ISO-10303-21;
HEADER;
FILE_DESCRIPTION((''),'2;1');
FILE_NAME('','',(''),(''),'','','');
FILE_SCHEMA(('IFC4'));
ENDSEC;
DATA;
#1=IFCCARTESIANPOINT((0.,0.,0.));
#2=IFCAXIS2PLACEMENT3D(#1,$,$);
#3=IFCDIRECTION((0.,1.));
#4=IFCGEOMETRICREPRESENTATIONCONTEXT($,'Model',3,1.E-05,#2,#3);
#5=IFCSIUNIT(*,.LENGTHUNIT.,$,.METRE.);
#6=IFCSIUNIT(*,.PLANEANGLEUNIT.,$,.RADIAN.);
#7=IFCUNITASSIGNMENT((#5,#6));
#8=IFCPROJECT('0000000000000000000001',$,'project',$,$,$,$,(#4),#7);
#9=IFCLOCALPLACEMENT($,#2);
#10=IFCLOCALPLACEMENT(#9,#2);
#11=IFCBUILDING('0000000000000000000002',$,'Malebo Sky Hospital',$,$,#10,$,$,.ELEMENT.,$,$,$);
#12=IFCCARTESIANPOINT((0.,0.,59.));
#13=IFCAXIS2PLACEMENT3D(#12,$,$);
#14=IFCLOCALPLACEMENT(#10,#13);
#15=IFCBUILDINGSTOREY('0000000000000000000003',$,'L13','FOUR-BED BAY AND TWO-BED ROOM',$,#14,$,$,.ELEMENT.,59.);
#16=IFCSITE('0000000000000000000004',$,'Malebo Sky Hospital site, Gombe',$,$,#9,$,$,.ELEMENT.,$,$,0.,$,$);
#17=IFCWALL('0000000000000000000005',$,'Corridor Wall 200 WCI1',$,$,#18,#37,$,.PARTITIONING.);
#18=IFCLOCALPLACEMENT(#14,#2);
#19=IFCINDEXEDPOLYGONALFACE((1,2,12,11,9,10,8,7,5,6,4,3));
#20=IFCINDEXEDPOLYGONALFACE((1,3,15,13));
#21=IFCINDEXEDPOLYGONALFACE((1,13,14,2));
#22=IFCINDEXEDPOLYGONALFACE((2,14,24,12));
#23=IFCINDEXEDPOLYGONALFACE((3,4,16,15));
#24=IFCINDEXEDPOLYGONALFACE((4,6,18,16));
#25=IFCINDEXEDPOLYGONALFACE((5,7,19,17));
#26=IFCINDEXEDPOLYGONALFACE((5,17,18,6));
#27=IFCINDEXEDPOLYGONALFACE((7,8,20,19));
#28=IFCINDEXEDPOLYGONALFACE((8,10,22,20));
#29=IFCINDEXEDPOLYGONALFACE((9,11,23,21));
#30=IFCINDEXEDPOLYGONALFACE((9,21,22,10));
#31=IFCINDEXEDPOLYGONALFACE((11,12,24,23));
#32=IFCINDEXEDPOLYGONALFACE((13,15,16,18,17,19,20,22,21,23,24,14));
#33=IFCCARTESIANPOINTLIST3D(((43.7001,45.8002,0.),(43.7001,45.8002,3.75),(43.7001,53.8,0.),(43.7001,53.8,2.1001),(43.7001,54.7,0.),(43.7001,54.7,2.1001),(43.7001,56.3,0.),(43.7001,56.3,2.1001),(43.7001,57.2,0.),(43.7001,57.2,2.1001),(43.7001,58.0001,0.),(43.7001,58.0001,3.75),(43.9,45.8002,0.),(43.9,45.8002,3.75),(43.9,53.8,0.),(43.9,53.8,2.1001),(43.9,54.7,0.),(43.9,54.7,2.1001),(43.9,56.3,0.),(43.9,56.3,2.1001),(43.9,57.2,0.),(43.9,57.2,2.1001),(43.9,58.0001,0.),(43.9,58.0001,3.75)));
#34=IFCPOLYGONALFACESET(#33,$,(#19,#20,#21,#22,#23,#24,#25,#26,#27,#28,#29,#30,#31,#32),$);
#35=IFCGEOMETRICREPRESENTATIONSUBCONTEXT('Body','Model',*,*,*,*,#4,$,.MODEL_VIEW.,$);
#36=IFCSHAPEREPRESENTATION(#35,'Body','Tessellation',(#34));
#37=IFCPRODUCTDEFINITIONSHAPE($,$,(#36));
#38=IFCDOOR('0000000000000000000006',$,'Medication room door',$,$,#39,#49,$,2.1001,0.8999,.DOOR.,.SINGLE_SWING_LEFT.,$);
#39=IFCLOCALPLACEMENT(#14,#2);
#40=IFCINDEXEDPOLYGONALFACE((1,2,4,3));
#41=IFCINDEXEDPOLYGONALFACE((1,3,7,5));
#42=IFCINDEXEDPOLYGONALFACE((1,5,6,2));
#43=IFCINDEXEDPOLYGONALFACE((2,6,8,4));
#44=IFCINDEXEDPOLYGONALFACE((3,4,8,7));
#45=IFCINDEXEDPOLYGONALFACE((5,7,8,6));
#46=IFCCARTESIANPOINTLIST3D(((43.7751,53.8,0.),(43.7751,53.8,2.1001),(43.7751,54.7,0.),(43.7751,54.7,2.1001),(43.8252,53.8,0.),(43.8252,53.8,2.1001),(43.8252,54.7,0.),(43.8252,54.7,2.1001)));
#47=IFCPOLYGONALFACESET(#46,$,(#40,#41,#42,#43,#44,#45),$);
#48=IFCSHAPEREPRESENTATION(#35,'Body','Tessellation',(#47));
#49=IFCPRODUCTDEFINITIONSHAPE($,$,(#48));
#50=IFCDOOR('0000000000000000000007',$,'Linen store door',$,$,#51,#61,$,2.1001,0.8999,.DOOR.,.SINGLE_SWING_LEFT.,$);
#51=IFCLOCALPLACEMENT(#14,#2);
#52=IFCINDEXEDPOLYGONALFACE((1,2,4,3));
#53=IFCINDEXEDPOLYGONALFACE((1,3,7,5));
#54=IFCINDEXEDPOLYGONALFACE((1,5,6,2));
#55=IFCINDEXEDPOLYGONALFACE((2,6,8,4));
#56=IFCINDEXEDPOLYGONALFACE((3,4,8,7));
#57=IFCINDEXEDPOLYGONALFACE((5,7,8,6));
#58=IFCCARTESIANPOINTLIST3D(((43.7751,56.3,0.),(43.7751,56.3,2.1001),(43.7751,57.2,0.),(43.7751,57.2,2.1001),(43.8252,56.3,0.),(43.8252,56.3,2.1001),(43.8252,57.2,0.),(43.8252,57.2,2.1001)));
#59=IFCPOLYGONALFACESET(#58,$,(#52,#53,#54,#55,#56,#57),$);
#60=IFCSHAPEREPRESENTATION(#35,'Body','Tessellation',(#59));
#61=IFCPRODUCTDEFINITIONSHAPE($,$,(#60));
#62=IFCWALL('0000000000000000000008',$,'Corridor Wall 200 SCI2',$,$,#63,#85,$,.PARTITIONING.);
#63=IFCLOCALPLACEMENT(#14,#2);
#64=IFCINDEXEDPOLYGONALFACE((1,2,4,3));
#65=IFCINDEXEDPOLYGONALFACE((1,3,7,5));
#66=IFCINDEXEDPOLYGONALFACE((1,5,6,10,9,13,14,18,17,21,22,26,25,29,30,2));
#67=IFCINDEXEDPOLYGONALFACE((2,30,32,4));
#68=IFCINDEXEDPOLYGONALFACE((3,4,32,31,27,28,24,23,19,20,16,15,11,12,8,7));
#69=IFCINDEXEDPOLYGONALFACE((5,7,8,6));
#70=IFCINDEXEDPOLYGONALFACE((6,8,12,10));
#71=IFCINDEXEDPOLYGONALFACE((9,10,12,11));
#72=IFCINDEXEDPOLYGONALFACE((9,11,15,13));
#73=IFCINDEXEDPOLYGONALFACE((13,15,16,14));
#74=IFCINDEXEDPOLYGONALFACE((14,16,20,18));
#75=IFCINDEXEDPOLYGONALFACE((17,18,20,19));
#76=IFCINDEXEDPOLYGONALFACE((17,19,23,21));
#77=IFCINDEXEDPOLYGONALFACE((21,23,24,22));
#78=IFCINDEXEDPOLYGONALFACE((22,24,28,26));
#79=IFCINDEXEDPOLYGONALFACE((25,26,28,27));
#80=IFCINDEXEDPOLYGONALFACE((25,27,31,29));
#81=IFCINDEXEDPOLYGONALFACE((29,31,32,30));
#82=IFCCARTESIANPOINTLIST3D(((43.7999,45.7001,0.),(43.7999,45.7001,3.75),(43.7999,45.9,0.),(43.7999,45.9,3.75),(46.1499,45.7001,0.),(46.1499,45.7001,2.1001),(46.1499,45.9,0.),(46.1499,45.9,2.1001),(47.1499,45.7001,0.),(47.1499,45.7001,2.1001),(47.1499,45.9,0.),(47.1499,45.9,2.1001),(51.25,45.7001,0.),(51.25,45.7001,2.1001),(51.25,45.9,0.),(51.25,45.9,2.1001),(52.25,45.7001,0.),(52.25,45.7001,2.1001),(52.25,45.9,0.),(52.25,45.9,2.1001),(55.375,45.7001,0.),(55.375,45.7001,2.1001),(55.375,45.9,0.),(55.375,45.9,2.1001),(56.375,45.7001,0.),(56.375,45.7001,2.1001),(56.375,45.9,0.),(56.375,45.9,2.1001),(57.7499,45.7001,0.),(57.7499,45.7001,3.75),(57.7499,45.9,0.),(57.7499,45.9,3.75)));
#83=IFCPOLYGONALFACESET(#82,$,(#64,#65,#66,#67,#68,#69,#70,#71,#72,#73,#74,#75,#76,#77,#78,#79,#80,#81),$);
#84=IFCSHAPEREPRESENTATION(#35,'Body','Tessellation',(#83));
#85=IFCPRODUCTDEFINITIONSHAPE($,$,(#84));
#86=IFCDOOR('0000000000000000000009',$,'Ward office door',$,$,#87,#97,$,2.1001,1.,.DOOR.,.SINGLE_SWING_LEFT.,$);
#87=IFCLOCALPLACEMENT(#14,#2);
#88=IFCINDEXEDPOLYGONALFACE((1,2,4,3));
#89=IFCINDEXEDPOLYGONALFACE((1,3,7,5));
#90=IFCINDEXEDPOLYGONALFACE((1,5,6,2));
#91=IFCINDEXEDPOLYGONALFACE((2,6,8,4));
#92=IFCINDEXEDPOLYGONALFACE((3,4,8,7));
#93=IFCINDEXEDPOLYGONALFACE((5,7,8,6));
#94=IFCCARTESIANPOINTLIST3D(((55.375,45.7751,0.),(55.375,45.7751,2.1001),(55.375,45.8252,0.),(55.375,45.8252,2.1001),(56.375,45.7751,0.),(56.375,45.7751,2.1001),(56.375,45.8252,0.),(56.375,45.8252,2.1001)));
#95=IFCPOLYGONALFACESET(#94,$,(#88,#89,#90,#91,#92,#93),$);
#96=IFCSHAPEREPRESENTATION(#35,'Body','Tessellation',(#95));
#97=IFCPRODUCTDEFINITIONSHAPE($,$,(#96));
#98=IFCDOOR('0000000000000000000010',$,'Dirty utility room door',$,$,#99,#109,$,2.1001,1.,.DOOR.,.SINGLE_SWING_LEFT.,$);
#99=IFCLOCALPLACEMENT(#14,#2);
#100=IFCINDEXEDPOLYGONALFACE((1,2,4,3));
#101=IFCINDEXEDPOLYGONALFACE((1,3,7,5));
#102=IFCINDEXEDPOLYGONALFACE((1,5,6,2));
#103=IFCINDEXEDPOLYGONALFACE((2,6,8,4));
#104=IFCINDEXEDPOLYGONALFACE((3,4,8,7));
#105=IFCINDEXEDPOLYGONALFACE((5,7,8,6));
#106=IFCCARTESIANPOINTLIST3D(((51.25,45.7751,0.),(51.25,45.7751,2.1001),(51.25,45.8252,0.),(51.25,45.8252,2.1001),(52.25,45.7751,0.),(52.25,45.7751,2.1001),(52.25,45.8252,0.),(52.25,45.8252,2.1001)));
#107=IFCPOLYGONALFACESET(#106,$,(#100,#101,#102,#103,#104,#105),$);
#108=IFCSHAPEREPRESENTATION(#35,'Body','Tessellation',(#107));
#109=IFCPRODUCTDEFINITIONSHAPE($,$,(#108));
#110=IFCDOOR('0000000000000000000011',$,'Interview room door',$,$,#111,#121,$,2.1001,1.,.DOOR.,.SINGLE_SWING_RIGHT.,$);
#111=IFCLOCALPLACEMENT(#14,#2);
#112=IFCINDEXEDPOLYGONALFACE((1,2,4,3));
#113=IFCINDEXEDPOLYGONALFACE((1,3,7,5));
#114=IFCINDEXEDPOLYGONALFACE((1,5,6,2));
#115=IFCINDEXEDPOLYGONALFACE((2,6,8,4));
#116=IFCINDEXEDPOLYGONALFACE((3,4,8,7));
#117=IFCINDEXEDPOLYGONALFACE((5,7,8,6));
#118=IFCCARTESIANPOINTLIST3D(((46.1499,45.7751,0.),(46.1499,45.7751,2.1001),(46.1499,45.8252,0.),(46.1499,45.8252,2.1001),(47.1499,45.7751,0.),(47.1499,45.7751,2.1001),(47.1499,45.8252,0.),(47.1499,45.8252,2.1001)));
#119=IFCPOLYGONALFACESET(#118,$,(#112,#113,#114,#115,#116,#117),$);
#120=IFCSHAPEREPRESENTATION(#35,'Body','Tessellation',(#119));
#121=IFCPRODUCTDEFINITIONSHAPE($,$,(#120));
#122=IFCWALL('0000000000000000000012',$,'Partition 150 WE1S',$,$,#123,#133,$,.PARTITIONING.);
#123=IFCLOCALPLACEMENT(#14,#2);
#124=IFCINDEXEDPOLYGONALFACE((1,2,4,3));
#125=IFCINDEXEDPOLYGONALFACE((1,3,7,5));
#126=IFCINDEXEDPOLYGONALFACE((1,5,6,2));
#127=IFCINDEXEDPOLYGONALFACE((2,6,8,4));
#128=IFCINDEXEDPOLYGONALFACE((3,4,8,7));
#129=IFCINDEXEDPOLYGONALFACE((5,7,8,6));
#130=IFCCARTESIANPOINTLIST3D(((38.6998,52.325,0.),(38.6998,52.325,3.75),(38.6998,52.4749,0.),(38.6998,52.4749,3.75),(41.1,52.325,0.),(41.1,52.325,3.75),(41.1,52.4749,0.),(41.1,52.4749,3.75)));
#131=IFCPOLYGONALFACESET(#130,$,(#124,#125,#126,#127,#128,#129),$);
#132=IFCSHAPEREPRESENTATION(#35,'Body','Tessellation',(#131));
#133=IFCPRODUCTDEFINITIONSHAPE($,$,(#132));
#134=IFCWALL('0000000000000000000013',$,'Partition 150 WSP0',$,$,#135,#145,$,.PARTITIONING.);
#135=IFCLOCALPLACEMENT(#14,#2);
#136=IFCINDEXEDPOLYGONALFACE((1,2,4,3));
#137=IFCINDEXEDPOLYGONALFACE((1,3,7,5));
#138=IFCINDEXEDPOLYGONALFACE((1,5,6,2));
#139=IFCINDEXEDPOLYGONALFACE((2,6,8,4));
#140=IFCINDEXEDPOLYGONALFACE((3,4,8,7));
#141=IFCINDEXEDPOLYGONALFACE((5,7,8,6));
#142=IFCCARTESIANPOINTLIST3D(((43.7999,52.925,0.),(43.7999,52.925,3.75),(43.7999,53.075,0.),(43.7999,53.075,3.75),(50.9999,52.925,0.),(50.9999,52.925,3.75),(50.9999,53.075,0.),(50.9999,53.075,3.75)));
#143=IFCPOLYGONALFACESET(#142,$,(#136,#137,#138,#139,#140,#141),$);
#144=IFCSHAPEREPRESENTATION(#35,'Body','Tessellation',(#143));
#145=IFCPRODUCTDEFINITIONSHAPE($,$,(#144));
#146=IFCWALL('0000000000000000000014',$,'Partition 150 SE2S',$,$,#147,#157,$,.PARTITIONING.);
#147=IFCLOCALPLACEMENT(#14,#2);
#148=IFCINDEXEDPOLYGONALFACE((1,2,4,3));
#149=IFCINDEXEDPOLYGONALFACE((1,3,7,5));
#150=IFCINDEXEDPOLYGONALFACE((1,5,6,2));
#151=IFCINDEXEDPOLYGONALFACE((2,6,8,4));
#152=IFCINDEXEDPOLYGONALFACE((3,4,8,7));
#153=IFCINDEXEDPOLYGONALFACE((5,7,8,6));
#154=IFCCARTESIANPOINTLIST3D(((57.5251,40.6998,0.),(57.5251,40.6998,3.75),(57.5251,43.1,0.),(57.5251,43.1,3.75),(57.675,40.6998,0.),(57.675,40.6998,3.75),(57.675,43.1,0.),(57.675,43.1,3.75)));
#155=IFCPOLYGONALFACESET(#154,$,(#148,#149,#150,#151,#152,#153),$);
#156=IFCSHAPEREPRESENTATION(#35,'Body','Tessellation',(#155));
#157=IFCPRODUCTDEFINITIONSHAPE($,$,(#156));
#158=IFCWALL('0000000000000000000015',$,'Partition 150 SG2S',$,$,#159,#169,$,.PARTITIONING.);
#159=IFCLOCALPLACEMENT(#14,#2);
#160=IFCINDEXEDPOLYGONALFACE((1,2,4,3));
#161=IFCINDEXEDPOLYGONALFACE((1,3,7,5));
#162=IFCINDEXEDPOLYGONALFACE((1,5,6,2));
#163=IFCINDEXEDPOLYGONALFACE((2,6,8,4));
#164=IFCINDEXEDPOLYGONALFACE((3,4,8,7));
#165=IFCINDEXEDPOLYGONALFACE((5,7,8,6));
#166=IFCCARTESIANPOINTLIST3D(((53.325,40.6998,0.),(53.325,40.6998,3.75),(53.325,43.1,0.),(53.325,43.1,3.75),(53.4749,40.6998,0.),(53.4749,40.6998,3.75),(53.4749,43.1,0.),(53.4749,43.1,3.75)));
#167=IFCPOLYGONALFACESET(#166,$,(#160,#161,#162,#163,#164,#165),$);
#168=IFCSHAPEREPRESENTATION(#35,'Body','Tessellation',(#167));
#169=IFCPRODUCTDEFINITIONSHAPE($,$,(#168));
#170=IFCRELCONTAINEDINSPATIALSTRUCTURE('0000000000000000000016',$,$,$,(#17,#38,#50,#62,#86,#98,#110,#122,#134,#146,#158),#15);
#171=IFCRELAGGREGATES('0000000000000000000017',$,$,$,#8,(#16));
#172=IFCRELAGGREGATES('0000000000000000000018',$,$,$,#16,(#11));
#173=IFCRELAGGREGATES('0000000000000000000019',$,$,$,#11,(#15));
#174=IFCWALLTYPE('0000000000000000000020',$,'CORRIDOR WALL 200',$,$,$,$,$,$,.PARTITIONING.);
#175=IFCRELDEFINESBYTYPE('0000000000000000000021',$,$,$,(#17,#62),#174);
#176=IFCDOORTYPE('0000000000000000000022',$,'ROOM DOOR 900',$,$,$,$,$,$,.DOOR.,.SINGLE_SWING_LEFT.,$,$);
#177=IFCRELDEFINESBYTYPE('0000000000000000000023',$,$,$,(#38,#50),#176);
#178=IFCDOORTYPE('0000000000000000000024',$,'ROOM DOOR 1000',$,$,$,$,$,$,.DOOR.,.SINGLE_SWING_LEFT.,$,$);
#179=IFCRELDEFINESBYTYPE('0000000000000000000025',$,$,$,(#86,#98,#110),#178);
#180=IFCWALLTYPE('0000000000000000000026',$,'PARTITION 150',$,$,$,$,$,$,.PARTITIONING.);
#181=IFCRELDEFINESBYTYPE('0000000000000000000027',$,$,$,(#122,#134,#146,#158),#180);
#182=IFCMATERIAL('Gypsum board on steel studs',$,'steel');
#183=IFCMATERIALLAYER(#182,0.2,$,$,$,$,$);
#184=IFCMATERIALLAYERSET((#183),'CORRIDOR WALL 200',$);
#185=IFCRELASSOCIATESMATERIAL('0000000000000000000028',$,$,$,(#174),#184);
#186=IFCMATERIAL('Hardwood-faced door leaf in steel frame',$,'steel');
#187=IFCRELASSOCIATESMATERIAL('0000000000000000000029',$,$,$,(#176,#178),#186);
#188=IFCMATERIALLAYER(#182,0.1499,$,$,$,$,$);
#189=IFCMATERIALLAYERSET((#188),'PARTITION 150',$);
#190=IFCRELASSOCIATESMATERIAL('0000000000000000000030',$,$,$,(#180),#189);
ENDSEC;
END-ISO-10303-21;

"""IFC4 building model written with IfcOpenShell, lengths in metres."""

from ifc_helpers import new_model, si_unit, direction, frame, frame_2d, origin, place, context, subcontext, project, spatial, rectangle, extrude, material, layer, layer_set, type_object, element, fill, save


model = new_model("IFC4")

# Units and contexts
model_context = context("Model", 3, precision=1e-05, world=origin(), true_north=direction((0.0, 1.0)))
body_context = subcontext(model_context, "Body", "Model", "MODEL_VIEW")
ifc_project = project(units=[si_unit("LENGTHUNIT", "METRE"), si_unit("PLANEANGLEUNIT", "RADIAN")], contexts=[model_context])

# Site, building, storey
site_placement = place(None, origin())
site = spatial("IfcSite", under=ifc_project, at=site_placement, Name="Malebo Sky Hospital site, Gombe", CompositionType="ELEMENT", RefElevation=0.0)
building_placement = place(site_placement, origin())
building = spatial("IfcBuilding", under=site, at=building_placement, Name="Malebo Sky Hospital", CompositionType="ELEMENT")
storey_placement = place(building_placement, frame((0.0, 0.0, 59.0)))
storey = spatial("IfcBuildingStorey", under=building, at=storey_placement, Name="L13", Description="FOUR-BED BAY AND TWO-BED ROOM", CompositionType="ELEMENT", Elevation=59.0)

# Walls, openings, doors
ifc_material_1 = material(Name="Gypsum board on steel studs", Category="steel")
ifc_layer_1 = layer(ifc_material_1, 0.2)
ifc_layer_set_1 = layer_set([ifc_layer_1], Name="CORRIDOR WALL 200")
wall_type_1 = type_object("IfcWallType", Name="CORRIDOR WALL 200", PredefinedType="PARTITIONING", material=ifc_layer_set_1)
wall_1_placement = place(storey_placement, frame((43.8, 45.8, 0.0), z_axis=(0.0, 0.0, 1.0), x_axis=(0.0, 1.0, 0.0)))
wall_1 = element("IfcWall", 1, at=wall_1_placement, inside=storey, type_object=wall_type_1, Name="Corridor Wall 200 WCI1", PredefinedType="PARTITIONING", context=body_context, shape_type="SweptSolid", body=[
    extrude(rectangle(XDim=12.2, YDim=0.2, at=frame_2d((6.1001, 0.0))), origin(), (0.0, 0.0, 1.0), 3.75),
])
opening_1_placement = place(wall_1_placement, frame((8.0, 0.0, 0.0)))
opening_1 = element("IfcOpeningElement", 2, at=opening_1_placement, cuts=wall_1, PredefinedType="OPENING", context=body_context, shape_type="SweptSolid", body=[
    extrude(rectangle(XDim=0.8999, YDim=2.1001, at=frame_2d((0.45, 1.05))), frame((0.0, 0.1099, 0.0), z_axis=(0.0, -1.0, 0.0), x_axis=(1.0, 0.0, 0.0)), (0.0, 0.0, 1.0), 0.22),
])
opening_2_placement = place(wall_1_placement, frame((10.5, 0.0, 0.0)))
opening_2 = element("IfcOpeningElement", 3, at=opening_2_placement, cuts=wall_1, PredefinedType="OPENING", context=body_context, shape_type="SweptSolid", body=[
    extrude(rectangle(XDim=0.8999, YDim=2.1001, at=frame_2d((0.45, 1.05))), frame((0.0, 0.1099, 0.0), z_axis=(0.0, -1.0, 0.0), x_axis=(1.0, 0.0, 0.0)), (0.0, 0.0, 1.0), 0.22),
])
ifc_material_2 = material(Name="Hardwood-faced door leaf in steel frame", Category="steel")
door_type_1 = type_object("IfcDoorType", Name="ROOM DOOR 900", OperationType="SINGLE_SWING_LEFT", PredefinedType="DOOR", material=ifc_material_2)
door_1_placement = place(opening_1_placement, origin())
door_1 = element("IfcDoor", 4, at=door_1_placement, inside=storey, type_object=door_type_1, Name="Medication room door", OperationType="SINGLE_SWING_LEFT", OverallHeight=2.1001, OverallWidth=0.8999, PredefinedType="DOOR", context=body_context, shape_type="SweptSolid", body=[
    extrude(rectangle(XDim=0.8999, YDim=2.1001, at=frame_2d((0.45, 1.05))), frame((0.0, 0.0249, 0.0), z_axis=(0.0, -1.0, 0.0), x_axis=(1.0, 0.0, 0.0)), (0.0, 0.0, 1.0), 0.05),
])
fill(opening_1, door_1)
door_2_placement = place(opening_2_placement, origin())
door_2 = element("IfcDoor", 5, at=door_2_placement, inside=storey, type_object=door_type_1, Name="Linen store door", OperationType="SINGLE_SWING_LEFT", OverallHeight=2.1001, OverallWidth=0.8999, PredefinedType="DOOR", context=body_context, shape_type="SweptSolid", body=[
    extrude(rectangle(XDim=0.8999, YDim=2.1001, at=frame_2d((0.45, 1.05))), frame((0.0, 0.0249, 0.0), z_axis=(0.0, -1.0, 0.0), x_axis=(1.0, 0.0, 0.0)), (0.0, 0.0, 1.0), 0.05),
])
fill(opening_2, door_2)
wall_2_placement = place(storey_placement, frame((57.75, 45.8, 0.0), z_axis=(0.0, 0.0, 1.0), x_axis=(-1.0, 0.0, 0.0)))
wall_2 = element("IfcWall", 6, at=wall_2_placement, inside=storey, type_object=wall_type_1, Name="Corridor Wall 200 SCI2", PredefinedType="PARTITIONING", context=body_context, shape_type="SweptSolid", body=[
    extrude(rectangle(XDim=13.95, YDim=0.2, at=frame_2d((6.9751, 0.0))), origin(), (0.0, 0.0, 1.0), 3.75),
])
opening_3_placement = place(wall_2_placement, frame((1.375, 0.0, 0.0)))
opening_3 = element("IfcOpeningElement", 7, at=opening_3_placement, cuts=wall_2, PredefinedType="OPENING", context=body_context, shape_type="SweptSolid", body=[
    extrude(rectangle(XDim=1.0, YDim=2.1001, at=frame_2d((0.5, 1.05))), frame((0.0, 0.1099, 0.0), z_axis=(0.0, -1.0, 0.0), x_axis=(1.0, 0.0, 0.0)), (0.0, 0.0, 1.0), 0.22),
])
opening_4_placement = place(wall_2_placement, frame((5.5, 0.0, 0.0)))
opening_4 = element("IfcOpeningElement", 8, at=opening_4_placement, cuts=wall_2, PredefinedType="OPENING", context=body_context, shape_type="SweptSolid", body=[
    extrude(rectangle(XDim=1.0, YDim=2.1001, at=frame_2d((0.5, 1.05))), frame((0.0, 0.1099, 0.0), z_axis=(0.0, -1.0, 0.0), x_axis=(1.0, 0.0, 0.0)), (0.0, 0.0, 1.0), 0.22),
])
opening_5_placement = place(wall_2_placement, frame((10.6001, 0.0, 0.0)))
opening_5 = element("IfcOpeningElement", 9, at=opening_5_placement, cuts=wall_2, PredefinedType="OPENING", context=body_context, shape_type="SweptSolid", body=[
    extrude(rectangle(XDim=1.0, YDim=2.1001, at=frame_2d((0.5, 1.05))), frame((0.0, 0.1099, 0.0), z_axis=(0.0, -1.0, 0.0), x_axis=(1.0, 0.0, 0.0)), (0.0, 0.0, 1.0), 0.22),
])
door_type_2 = type_object("IfcDoorType", Name="ROOM DOOR 1000", OperationType="SINGLE_SWING_LEFT", PredefinedType="DOOR", material=ifc_material_2)
door_3_placement = place(opening_3_placement, origin())
door_3 = element("IfcDoor", 10, at=door_3_placement, inside=storey, type_object=door_type_2, Name="Ward office door", OperationType="SINGLE_SWING_LEFT", OverallHeight=2.1001, OverallWidth=1.0, PredefinedType="DOOR", context=body_context, shape_type="SweptSolid", body=[
    extrude(rectangle(XDim=1.0, YDim=2.1001, at=frame_2d((0.5, 1.05))), frame((0.0, 0.0249, 0.0), z_axis=(0.0, -1.0, 0.0), x_axis=(1.0, 0.0, 0.0)), (0.0, 0.0, 1.0), 0.05),
])
fill(opening_3, door_3)
door_4_placement = place(opening_4_placement, origin())
door_4 = element("IfcDoor", 11, at=door_4_placement, inside=storey, type_object=door_type_2, Name="Dirty utility room door", OperationType="SINGLE_SWING_LEFT", OverallHeight=2.1001, OverallWidth=1.0, PredefinedType="DOOR", context=body_context, shape_type="SweptSolid", body=[
    extrude(rectangle(XDim=1.0, YDim=2.1001, at=frame_2d((0.5, 1.05))), frame((0.0, 0.0249, 0.0), z_axis=(0.0, -1.0, 0.0), x_axis=(1.0, 0.0, 0.0)), (0.0, 0.0, 1.0), 0.05),
])
fill(opening_4, door_4)
door_5_placement = place(opening_5_placement, origin())
door_5 = element("IfcDoor", 12, at=door_5_placement, inside=storey, type_object=door_type_2, Name="Interview room door", OperationType="SINGLE_SWING_RIGHT", OverallHeight=2.1001, OverallWidth=1.0, PredefinedType="DOOR", context=body_context, shape_type="SweptSolid", body=[
    extrude(rectangle(XDim=1.0, YDim=2.1001, at=frame_2d((0.5, 1.05))), frame((0.0, 0.0249, 0.0), z_axis=(0.0, -1.0, 0.0), x_axis=(1.0, 0.0, 0.0)), (0.0, 0.0, 1.0), 0.05),
])
fill(opening_5, door_5)

# Walls
ifc_layer_2 = layer(ifc_material_1, 0.1499)
ifc_layer_set_2 = layer_set([ifc_layer_2], Name="PARTITION 150")
wall_type_2 = type_object("IfcWallType", Name="PARTITION 150", PredefinedType="PARTITIONING", material=ifc_layer_set_2)
wall_3_placement = place(storey_placement, frame((41.1001, 52.3999, 0.0), z_axis=(0.0, 0.0, 1.0), x_axis=(-1.0, 0.0, 0.0)))
element("IfcWall", 13, at=wall_3_placement, inside=storey, type_object=wall_type_2, Name="Partition 150 WE1S", PredefinedType="PARTITIONING", context=body_context, shape_type="SweptSolid", body=[
    extrude(rectangle(XDim=2.4001, YDim=0.1499, at=frame_2d((1.2002, 0.0))), origin(), (0.0, 0.0, 1.0), 3.75),
])
wall_4_placement = place(storey_placement, frame((51.0, 53.0, 0.0), z_axis=(0.0, 0.0, 1.0), x_axis=(-1.0, 0.0, 0.0)))
element("IfcWall", 14, at=wall_4_placement, inside=storey, type_object=wall_type_2, Name="Partition 150 WSP0", PredefinedType="PARTITIONING", context=body_context, shape_type="SweptSolid", body=[
    extrude(rectangle(XDim=7.2, YDim=0.1499, at=frame_2d((3.6001, 0.0))), origin(), (0.0, 0.0, 1.0), 3.75),
])
for number, where, z_axis, x_axis, name in (
    (15, (57.6001, 43.1001, 0.0), (0.0, 0.0, 1.0), (0.0, -1.0, 0.0), "Partition 150 SE2S"),
    (16, (53.3999, 43.1001, 0.0), (0.0, 0.0, 1.0), (0.0, -1.0, 0.0), "Partition 150 SG2S"),
):
    element("IfcWall", number, at=place(storey_placement, frame(where, z_axis=z_axis, x_axis=x_axis)), inside=storey, type_object=wall_type_2, Name=name, PredefinedType="PARTITIONING", context=body_context, shape_type="SweptSolid", body=[
        extrude(rectangle(XDim=2.4001, YDim=0.1499, at=frame_2d((1.2002, 0.0))), origin(), (0.0, 0.0, 1.0), 3.75),
    ])

save(model, "model.ifc")
